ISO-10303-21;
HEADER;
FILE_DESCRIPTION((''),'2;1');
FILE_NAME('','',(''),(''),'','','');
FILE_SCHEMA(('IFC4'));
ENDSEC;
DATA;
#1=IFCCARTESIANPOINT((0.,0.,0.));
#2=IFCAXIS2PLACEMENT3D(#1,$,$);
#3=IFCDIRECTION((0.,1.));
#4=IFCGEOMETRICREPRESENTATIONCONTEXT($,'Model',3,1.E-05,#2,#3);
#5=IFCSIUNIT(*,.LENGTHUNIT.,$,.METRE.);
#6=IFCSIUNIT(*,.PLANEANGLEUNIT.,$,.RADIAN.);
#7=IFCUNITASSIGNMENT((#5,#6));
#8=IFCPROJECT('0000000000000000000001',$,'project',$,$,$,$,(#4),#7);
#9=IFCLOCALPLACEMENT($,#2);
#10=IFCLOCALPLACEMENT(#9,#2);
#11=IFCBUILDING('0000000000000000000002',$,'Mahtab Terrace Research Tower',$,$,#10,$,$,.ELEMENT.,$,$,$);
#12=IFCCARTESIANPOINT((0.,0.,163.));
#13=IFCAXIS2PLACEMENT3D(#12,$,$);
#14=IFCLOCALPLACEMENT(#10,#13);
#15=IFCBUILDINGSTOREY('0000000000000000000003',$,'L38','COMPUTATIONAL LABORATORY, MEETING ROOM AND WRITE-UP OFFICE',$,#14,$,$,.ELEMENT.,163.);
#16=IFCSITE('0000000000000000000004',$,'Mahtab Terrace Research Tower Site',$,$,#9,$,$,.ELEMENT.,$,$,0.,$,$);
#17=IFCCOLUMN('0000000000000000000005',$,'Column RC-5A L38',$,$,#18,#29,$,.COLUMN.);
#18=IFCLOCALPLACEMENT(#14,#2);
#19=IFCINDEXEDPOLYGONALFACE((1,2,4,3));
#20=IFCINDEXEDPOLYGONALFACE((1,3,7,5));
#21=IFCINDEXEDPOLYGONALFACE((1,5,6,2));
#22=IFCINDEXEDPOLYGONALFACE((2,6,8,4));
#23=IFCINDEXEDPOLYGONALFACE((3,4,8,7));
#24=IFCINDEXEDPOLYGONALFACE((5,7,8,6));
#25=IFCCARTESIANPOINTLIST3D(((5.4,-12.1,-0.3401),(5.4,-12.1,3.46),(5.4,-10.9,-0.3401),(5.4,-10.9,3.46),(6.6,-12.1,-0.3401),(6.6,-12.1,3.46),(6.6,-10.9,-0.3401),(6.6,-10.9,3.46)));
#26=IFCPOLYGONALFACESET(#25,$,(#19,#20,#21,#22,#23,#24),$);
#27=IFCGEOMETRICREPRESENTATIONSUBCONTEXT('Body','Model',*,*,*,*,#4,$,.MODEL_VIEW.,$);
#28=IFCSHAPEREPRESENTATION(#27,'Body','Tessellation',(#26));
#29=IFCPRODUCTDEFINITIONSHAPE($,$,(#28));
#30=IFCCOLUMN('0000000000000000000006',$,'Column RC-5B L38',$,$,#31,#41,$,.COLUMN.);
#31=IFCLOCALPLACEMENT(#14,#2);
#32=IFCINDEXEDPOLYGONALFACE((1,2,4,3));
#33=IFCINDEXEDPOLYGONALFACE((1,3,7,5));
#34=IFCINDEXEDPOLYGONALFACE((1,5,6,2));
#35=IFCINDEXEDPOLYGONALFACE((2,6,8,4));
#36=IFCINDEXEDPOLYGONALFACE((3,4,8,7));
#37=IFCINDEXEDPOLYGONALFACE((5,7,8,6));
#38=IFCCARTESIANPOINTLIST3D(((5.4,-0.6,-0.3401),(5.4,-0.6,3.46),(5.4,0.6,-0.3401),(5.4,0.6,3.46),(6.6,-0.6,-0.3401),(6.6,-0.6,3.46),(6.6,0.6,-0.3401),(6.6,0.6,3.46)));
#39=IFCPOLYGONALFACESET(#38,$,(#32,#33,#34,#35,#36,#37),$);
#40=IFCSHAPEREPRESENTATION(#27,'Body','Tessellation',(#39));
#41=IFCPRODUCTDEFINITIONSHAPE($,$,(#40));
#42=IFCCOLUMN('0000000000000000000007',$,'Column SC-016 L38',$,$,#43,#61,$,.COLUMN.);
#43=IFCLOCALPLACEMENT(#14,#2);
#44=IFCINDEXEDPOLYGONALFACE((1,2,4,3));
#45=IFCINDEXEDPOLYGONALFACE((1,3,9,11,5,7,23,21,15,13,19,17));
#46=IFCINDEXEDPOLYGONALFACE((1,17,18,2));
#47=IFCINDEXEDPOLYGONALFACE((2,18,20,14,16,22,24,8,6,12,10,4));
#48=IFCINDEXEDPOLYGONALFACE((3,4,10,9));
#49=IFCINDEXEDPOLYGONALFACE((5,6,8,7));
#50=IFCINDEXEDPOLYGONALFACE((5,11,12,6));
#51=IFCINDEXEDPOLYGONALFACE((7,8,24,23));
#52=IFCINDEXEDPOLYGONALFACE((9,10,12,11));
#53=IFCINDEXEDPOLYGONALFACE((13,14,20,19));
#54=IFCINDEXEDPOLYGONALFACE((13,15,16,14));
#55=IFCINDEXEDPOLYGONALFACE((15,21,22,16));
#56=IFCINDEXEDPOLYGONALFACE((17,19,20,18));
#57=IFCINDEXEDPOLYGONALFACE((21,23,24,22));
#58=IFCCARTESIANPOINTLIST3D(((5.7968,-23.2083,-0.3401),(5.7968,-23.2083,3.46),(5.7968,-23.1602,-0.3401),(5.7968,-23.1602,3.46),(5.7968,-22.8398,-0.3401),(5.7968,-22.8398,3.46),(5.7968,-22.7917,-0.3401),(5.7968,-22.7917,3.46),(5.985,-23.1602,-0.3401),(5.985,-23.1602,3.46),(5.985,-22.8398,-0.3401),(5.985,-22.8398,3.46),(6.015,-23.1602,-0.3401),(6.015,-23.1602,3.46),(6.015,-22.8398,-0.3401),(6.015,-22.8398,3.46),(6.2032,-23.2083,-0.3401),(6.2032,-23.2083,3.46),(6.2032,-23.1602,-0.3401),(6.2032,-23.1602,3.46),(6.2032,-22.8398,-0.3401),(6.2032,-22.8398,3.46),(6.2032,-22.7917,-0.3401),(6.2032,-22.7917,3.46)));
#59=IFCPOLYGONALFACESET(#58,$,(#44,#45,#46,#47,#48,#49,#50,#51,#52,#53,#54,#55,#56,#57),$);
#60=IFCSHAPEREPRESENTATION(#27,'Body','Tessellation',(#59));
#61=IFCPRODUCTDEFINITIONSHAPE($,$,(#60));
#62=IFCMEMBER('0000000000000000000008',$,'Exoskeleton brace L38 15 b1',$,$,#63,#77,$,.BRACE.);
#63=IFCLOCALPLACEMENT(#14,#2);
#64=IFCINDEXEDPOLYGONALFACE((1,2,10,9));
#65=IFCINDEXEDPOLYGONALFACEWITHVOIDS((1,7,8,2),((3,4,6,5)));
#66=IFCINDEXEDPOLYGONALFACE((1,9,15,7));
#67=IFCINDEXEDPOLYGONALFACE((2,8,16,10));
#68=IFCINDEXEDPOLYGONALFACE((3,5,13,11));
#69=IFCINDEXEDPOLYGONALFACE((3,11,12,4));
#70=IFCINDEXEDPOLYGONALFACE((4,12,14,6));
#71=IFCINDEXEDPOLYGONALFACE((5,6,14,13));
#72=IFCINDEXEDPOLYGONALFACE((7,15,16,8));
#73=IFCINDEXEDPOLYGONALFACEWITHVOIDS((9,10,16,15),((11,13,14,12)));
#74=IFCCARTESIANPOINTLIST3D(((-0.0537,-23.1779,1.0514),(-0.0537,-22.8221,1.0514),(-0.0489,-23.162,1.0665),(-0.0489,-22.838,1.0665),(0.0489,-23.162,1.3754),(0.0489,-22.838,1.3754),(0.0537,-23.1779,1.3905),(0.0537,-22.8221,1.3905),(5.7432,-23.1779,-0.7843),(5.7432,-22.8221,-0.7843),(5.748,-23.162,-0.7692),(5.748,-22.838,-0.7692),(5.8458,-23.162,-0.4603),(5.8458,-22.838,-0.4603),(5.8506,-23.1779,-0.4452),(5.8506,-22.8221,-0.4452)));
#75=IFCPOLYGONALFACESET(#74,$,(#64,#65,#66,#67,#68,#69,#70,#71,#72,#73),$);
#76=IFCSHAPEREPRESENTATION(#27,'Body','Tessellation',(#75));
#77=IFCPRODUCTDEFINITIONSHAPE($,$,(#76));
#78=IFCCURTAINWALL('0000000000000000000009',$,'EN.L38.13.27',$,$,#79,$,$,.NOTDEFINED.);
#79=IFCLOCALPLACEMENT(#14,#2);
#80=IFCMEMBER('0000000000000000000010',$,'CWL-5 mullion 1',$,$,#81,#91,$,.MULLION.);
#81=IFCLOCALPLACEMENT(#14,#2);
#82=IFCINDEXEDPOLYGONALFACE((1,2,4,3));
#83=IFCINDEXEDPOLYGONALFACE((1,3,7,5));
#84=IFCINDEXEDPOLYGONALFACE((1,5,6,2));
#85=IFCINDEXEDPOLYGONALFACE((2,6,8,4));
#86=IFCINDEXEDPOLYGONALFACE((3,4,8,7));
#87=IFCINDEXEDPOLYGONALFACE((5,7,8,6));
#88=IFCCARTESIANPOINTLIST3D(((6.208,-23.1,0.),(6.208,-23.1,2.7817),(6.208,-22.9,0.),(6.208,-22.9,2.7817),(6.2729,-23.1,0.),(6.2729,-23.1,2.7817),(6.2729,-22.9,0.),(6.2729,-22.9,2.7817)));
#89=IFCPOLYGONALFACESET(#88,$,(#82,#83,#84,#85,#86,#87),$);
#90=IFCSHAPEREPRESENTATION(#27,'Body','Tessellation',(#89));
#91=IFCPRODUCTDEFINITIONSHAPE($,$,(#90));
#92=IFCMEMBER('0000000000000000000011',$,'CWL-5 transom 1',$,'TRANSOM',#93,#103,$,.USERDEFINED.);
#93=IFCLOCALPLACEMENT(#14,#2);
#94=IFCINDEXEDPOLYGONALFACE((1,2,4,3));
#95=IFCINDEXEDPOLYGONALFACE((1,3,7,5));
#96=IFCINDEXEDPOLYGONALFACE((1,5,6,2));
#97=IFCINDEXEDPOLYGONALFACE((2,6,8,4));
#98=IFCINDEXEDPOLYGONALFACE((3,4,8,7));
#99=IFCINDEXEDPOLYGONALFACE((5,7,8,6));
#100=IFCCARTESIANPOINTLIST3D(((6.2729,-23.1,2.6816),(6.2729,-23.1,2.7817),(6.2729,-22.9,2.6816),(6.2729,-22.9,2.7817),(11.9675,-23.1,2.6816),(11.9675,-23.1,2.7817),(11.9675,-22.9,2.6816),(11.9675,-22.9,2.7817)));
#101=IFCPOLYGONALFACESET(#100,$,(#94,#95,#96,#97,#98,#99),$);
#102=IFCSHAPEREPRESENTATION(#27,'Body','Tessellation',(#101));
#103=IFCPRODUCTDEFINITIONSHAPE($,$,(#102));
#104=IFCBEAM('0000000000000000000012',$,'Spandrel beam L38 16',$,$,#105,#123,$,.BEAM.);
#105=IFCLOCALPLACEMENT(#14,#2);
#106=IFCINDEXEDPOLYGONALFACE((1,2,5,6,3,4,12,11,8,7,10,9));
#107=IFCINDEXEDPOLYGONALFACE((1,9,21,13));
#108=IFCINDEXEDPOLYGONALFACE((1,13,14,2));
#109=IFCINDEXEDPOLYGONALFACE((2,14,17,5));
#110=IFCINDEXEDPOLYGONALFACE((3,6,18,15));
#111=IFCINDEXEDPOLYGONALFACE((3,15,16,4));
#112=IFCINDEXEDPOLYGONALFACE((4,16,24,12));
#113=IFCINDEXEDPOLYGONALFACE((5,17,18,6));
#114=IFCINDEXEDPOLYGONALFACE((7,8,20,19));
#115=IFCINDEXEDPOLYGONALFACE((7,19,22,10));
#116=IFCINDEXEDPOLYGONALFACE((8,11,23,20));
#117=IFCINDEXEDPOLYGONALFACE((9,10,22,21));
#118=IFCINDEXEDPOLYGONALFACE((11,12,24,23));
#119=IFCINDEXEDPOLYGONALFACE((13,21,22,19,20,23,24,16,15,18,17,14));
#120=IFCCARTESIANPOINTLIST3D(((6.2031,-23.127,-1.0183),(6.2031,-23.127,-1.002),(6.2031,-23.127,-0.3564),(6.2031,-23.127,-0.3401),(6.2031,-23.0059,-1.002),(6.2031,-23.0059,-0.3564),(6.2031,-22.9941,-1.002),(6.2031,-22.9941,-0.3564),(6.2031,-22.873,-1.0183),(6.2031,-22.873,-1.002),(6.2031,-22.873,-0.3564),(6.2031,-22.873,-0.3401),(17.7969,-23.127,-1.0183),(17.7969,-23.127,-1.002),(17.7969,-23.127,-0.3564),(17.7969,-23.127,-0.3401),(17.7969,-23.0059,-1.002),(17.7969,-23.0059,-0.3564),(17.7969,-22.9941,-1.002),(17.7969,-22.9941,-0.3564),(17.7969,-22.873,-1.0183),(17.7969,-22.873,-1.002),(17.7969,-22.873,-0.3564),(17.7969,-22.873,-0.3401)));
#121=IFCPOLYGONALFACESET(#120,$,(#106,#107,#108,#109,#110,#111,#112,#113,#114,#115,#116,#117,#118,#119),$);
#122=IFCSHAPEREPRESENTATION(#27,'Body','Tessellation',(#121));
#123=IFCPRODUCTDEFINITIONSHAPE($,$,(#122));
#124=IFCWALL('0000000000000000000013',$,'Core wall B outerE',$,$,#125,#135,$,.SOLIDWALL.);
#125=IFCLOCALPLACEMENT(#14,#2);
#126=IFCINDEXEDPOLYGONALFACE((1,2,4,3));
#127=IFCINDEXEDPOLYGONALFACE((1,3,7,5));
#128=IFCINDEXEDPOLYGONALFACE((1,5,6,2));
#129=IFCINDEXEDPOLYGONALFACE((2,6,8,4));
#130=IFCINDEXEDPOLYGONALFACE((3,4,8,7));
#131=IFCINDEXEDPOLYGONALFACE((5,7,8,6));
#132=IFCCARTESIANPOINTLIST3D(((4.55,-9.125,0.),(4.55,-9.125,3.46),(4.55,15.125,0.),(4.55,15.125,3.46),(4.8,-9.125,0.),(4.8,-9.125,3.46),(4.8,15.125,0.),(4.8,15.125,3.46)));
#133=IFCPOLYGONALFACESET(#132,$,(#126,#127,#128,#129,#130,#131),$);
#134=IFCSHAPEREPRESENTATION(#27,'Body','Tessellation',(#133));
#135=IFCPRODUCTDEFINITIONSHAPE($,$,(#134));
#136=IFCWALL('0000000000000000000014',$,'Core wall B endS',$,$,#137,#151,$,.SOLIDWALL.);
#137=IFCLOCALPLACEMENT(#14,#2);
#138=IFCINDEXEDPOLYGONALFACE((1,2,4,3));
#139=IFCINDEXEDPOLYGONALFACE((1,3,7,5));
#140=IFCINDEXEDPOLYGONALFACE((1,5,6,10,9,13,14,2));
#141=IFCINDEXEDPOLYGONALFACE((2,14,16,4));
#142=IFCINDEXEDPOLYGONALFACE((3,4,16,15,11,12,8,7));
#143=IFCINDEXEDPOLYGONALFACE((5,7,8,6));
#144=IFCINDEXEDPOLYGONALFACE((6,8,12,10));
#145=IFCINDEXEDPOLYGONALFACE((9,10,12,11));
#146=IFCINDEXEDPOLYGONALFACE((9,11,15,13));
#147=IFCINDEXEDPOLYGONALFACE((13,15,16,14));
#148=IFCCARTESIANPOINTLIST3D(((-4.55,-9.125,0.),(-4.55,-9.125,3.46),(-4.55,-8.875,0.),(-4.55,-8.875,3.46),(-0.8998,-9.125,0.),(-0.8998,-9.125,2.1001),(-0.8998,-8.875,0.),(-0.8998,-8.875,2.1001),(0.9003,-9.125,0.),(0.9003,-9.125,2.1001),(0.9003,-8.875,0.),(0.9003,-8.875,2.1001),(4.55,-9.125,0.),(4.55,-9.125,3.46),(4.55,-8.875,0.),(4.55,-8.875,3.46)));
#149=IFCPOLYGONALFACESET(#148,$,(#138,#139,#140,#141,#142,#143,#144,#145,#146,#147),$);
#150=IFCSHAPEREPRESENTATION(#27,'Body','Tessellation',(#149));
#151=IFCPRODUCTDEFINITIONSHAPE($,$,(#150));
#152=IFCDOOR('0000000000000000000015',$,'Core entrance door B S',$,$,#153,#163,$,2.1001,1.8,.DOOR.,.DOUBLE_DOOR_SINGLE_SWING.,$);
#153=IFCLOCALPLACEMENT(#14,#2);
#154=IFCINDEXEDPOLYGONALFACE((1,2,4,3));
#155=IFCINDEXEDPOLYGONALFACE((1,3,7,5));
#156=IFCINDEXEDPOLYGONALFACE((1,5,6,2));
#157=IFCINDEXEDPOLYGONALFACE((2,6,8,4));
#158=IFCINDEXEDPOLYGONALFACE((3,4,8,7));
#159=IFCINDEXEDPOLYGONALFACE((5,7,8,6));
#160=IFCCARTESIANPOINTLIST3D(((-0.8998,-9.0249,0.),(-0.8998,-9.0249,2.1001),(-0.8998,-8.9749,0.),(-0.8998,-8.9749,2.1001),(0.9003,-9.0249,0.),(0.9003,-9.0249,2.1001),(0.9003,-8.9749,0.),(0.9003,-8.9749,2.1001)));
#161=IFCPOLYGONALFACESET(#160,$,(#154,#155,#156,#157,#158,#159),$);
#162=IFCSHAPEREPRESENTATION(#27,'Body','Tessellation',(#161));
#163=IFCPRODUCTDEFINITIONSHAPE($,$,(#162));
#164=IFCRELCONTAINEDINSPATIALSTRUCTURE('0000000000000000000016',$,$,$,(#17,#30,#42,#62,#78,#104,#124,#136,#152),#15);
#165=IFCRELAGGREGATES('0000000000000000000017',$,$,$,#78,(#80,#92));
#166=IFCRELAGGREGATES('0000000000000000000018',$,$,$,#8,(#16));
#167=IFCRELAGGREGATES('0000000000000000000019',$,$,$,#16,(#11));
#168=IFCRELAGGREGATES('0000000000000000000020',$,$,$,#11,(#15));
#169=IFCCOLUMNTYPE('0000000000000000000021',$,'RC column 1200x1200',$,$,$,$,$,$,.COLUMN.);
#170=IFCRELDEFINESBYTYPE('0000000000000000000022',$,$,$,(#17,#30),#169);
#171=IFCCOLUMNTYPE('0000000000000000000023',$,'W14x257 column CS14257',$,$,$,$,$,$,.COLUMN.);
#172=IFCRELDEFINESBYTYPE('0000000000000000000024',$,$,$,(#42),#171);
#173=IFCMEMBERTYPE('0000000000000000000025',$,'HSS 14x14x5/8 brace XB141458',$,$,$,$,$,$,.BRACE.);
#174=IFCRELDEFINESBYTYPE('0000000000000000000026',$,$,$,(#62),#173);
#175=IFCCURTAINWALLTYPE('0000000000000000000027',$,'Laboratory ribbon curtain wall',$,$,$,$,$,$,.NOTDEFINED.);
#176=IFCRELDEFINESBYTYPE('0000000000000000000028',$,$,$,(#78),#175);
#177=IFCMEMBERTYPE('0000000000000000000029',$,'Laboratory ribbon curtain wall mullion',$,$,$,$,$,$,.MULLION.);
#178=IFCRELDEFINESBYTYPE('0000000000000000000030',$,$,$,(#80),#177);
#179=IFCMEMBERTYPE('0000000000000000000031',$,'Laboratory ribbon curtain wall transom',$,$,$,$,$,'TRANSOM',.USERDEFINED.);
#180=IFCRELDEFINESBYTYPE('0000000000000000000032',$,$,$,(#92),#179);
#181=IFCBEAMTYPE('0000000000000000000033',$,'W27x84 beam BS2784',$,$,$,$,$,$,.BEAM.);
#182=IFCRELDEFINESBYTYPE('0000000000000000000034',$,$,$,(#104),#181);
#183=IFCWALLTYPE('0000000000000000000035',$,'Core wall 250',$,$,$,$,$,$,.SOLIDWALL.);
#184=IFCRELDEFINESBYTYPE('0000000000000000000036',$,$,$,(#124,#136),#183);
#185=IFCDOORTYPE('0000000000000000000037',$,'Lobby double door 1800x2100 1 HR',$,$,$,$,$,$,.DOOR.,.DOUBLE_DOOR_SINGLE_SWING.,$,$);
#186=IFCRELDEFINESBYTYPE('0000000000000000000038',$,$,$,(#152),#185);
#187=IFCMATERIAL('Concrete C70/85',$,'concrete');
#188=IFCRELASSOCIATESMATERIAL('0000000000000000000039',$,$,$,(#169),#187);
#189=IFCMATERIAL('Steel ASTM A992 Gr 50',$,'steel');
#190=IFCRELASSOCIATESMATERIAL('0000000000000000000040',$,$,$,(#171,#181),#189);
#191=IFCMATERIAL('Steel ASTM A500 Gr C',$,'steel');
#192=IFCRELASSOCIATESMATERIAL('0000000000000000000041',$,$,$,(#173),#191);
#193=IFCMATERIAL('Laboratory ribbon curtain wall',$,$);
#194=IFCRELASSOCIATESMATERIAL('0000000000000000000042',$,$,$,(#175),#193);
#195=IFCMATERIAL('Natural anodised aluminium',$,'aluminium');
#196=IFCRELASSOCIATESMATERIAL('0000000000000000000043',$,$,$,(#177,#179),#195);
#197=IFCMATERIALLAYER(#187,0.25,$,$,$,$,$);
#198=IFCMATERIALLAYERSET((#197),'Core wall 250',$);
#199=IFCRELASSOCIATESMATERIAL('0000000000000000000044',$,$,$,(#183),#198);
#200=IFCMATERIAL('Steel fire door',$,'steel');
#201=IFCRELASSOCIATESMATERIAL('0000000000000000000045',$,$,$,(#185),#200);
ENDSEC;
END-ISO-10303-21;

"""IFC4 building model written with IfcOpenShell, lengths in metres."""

from ifc_helpers import new_model, si_unit, direction, frame, frame_2d, origin, origin_2d, place, context, subcontext, project, spatial, rectangle, hollow_rectangle, i_section, extrude, material, layer, layer_set, material_profile, profile_set, type_object, element, fill, aggregate, save


model = new_model("IFC4")

# Units and contexts
model_context = context("Model", 3, precision=1e-05, world=origin(), true_north=direction((0.0, 1.0)))
body_context = subcontext(model_context, "Body", "Model", "MODEL_VIEW")
ifc_project = project(units=[si_unit("LENGTHUNIT", "METRE"), si_unit("PLANEANGLEUNIT", "RADIAN")], contexts=[model_context])

# Site, building, storey
site_placement = place(None, origin())
site = spatial("IfcSite", under=ifc_project, at=site_placement, Name="Mahtab Terrace Research Tower Site", CompositionType="ELEMENT", RefElevation=0.0)
building_placement = place(site_placement, origin())
building = spatial("IfcBuilding", under=site, at=building_placement, Name="Mahtab Terrace Research Tower", CompositionType="ELEMENT")
storey_placement = place(building_placement, frame((0.0, 0.0, 163.0)))
storey = spatial("IfcBuildingStorey", under=building, at=storey_placement, Name="L38", Description="COMPUTATIONAL LABORATORY, MEETING ROOM AND WRITE-UP OFFICE", CompositionType="ELEMENT", Elevation=163.0)

# Columns
ifc_material_1 = material(Name="Concrete C70/85", Category="concrete")
ifc_material_profile_1 = material_profile(ifc_material_1, rectangle(XDim=1.2, YDim=1.2, at=origin_2d()), Name="RC column 1200x1200")
ifc_profile_set_1 = profile_set([ifc_material_profile_1], Name="Concrete C70/85")
column_type_1 = type_object("IfcColumnType", Name="RC column 1200x1200", PredefinedType="COLUMN", material=ifc_profile_set_1)
for number, where, z_axis, x_axis, name in (
    (1, (6.0, -11.5, -0.3401), (0.0, 0.0, 1.0), (1.0, 0.0, 0.0), "Column RC-5A L38"),
    (2, (6.0, 0.0, -0.3401), (0.0, 0.0, 1.0), (1.0, 0.0, 0.0), "Column RC-5B L38"),
):
    element("IfcColumn", number, at=place(storey_placement, frame(where, z_axis=z_axis, x_axis=x_axis)), inside=storey, type_object=column_type_1, Name=name, PredefinedType="COLUMN", context=body_context, shape_type="SweptSolid", body=[
        extrude(rectangle(XDim=1.2, YDim=1.2, at=origin_2d()), origin(), (0.0, 0.0, 1.0), 3.8),
    ])
ifc_material_2 = material(Name="Steel ASTM A992 Gr 50", Category="steel")
ifc_material_profile_2 = material_profile(ifc_material_2, i_section(OverallWidth=0.4065, OverallDepth=0.4165, WebThickness=0.03, FlangeThickness=0.0481, at=origin_2d()), Name="W14X257")
ifc_profile_set_2 = profile_set([ifc_material_profile_2], Name="Steel ASTM A992 Gr 50")
column_type_2 = type_object("IfcColumnType", Name="W14x257 column CS14257", PredefinedType="COLUMN", material=ifc_profile_set_2)
column_placement = place(storey_placement, frame((6.0, -23.0, -0.3401), z_axis=(0.0, 0.0, 1.0), x_axis=(1.0, 0.0, 0.0)))
element("IfcColumn", 3, at=column_placement, inside=storey, type_object=column_type_2, Name="Column SC-016 L38", PredefinedType="COLUMN", context=body_context, shape_type="SweptSolid", body=[
    extrude(i_section(OverallWidth=0.4065, OverallDepth=0.4165, WebThickness=0.03, FlangeThickness=0.0481, at=origin_2d()), origin(), (0.0, 0.0, 1.0), 3.8),
])

# Member
ifc_material_3 = material(Name="Steel ASTM A500 Gr C", Category="steel")
ifc_material_profile_3 = material_profile(ifc_material_3, hollow_rectangle(XDim=0.3557, YDim=0.3557, WallThickness=0.0159, at=origin_2d()), Name="HSS14X14X5/8")
ifc_profile_set_3 = profile_set([ifc_material_profile_3], Name="Steel ASTM A500 Gr C")
member_type_1 = type_object("IfcMemberType", Name="HSS 14x14x5/8 brace XB141458", PredefinedType="BRACE", material=ifc_profile_set_3)
member_1_placement = place(storey_placement, frame((5.7969, -23.0, -0.6147), z_axis=(-0.953341, 0.0, 0.301894), x_axis=(0.0, -1.0, 0.0)))
element("IfcMember", 4, at=member_1_placement, inside=storey, type_object=member_type_1, Name="Exoskeleton brace L38 15 b1", PredefinedType="BRACE", context=body_context, shape_type="SweptSolid", body=[
    extrude(hollow_rectangle(XDim=0.3557, YDim=0.3557, WallThickness=0.0159, at=origin_2d()), origin(), (0.0, 0.0, 1.0), 6.0806),
])

# Curtain wall, members
ifc_material_4 = material(Name="Laboratory ribbon curtain wall")
curtain_wall_type = type_object("IfcCurtainWallType", Name="Laboratory ribbon curtain wall", PredefinedType="NOTDEFINED", material=ifc_material_4)
curtain_wall_placement = place(storey_placement, origin())
curtain_wall = element("IfcCurtainWall", 5, at=curtain_wall_placement, inside=storey, type_object=curtain_wall_type, Name="EN.L38.13.27", PredefinedType="NOTDEFINED")
ifc_material_5 = material(Name="Natural anodised aluminium", Category="aluminium")
ifc_material_profile_4 = material_profile(ifc_material_5, rectangle(XDim=0.2, YDim=0.0649, at=origin_2d()), Name="MULLION 65x200")
ifc_profile_set_4 = profile_set([ifc_material_profile_4], Name="Natural anodised aluminium")
member_type_2 = type_object("IfcMemberType", Name="Laboratory ribbon curtain wall mullion", PredefinedType="MULLION", material=ifc_profile_set_4)
member_2_placement = place(storey_placement, frame((6.2405, -23.0, 0.0), z_axis=(0.0, 0.0, 1.0), x_axis=(0.0, 1.0, 0.0)))
member_2 = element("IfcMember", 6, at=member_2_placement, type_object=member_type_2, Name="CWL-5 mullion 1", PredefinedType="MULLION", context=body_context, shape_type="SweptSolid", body=[
    extrude(rectangle(XDim=0.2, YDim=0.0649, at=origin_2d()), origin(), (0.0, 0.0, 1.0), 2.7817),
])
ifc_material_profile_5 = material_profile(ifc_material_5, rectangle(XDim=0.2, YDim=0.1001, at=origin_2d()), Name="TRANSOM 100x200")
ifc_profile_set_5 = profile_set([ifc_material_profile_5], Name="Natural anodised aluminium")
member_type_3 = type_object("IfcMemberType", Name="Laboratory ribbon curtain wall transom", ElementType="TRANSOM", PredefinedType="USERDEFINED", material=ifc_profile_set_5)
member_3_placement = place(storey_placement, frame((6.2729, -23.0, 2.7317), z_axis=(1.0, 0.0, 0.0), x_axis=(0.0, 1.0, 0.0)))
member_3 = element("IfcMember", 7, at=member_3_placement, type_object=member_type_3, Name="CWL-5 transom 1", ObjectType="TRANSOM", PredefinedType="USERDEFINED", context=body_context, shape_type="SweptSolid", body=[
    extrude(rectangle(XDim=0.2, YDim=0.1001, at=origin_2d()), origin(), (0.0, 0.0, 1.0), 5.6946),
])
aggregate(curtain_wall, [member_2, member_3])

# Beam
ifc_material_profile_6 = material_profile(ifc_material_2, i_section(OverallWidth=0.2539, OverallDepth=0.6782, WebThickness=0.0117, FlangeThickness=0.0164, at=origin_2d()), Name="W27X84")
ifc_profile_set_6 = profile_set([ifc_material_profile_6], Name="Steel ASTM A992 Gr 50")
beam_type = type_object("IfcBeamType", Name="W27x84 beam BS2784", PredefinedType="BEAM", material=ifc_profile_set_6)
beam_placement = place(storey_placement, frame((6.2031, -23.0, -0.6792), z_axis=(1.0, 0.0, 0.0), x_axis=(0.0, 1.0, 0.0)))
element("IfcBeam", 8, at=beam_placement, inside=storey, type_object=beam_type, Name="Spandrel beam L38 16", PredefinedType="BEAM", context=body_context, shape_type="SweptSolid", body=[
    extrude(i_section(OverallWidth=0.2539, OverallDepth=0.6782, WebThickness=0.0117, FlangeThickness=0.0164, at=origin_2d()), origin(), (0.0, 0.0, 1.0), 11.5938),
])

# Wall
ifc_layer_1 = layer(ifc_material_1, 0.25)
ifc_layer_set_1 = layer_set([ifc_layer_1], Name="Core wall 250")
wall_type_1 = type_object("IfcWallType", Name="Core wall 250", PredefinedType="SOLIDWALL", material=ifc_layer_set_1)
wall_1_placement = place(storey_placement, frame((4.675, -9.125, 0.0), z_axis=(0.0, 0.0, 1.0), x_axis=(0.0, 1.0, 0.0)))
element("IfcWall", 9, at=wall_1_placement, inside=storey, type_object=wall_type_1, Name="Core wall B outerE", PredefinedType="SOLIDWALL", context=body_context, shape_type="SweptSolid", body=[
    extrude(rectangle(XDim=24.25, YDim=0.25, at=frame_2d((12.125, 0.0))), origin(), (0.0, 0.0, 1.0), 3.46),
])

# Wall, opening, door
wall_2_placement = place(storey_placement, frame((4.55, -9.0, 0.0), z_axis=(0.0, 0.0, 1.0), x_axis=(-1.0, 0.0, 0.0)))
wall_2 = element("IfcWall", 10, at=wall_2_placement, inside=storey, type_object=wall_type_1, Name="Core wall B endS", PredefinedType="SOLIDWALL", context=body_context, shape_type="SweptSolid", body=[
    extrude(rectangle(XDim=9.1001, YDim=0.25, at=frame_2d((4.55, 0.0))), origin(), (0.0, 0.0, 1.0), 3.46),
])
opening_1_placement = place(wall_2_placement, frame((3.6499, 0.0, 0.0)))
opening_1 = element("IfcOpeningElement", 11, at=opening_1_placement, cuts=wall_2, PredefinedType="OPENING", context=body_context, shape_type="SweptSolid", body=[
    extrude(rectangle(XDim=1.8, YDim=2.1001, at=frame_2d((0.8999, 1.05))), frame((0.0, 0.135, 0.0), z_axis=(0.0, -1.0, 0.0), x_axis=(1.0, 0.0, 0.0)), (0.0, 0.0, 1.0), 0.27),
])
ifc_material_6 = material(Name="Steel fire door", Category="steel")
door_type_1 = type_object("IfcDoorType", Name="Lobby double door 1800x2100 1 HR", OperationType="DOUBLE_DOOR_SINGLE_SWING", PredefinedType="DOOR", material=ifc_material_6)
door_1_placement = place(opening_1_placement, origin())
door_1 = element("IfcDoor", 12, at=door_1_placement, inside=storey, type_object=door_type_1, Name="Core entrance door B S", OperationType="DOUBLE_DOOR_SINGLE_SWING", OverallHeight=2.1001, OverallWidth=1.8, PredefinedType="DOOR", context=body_context, shape_type="SweptSolid", body=[
    extrude(rectangle(XDim=1.8, YDim=2.1001, at=frame_2d((0.8999, 1.05))), frame((0.0, 0.0249, 0.0), z_axis=(0.0, -1.0, 0.0), x_axis=(1.0, 0.0, 0.0)), (0.0, 0.0, 1.0), 0.05),
])
fill(opening_1, door_1)

save(model, "model.ifc")
